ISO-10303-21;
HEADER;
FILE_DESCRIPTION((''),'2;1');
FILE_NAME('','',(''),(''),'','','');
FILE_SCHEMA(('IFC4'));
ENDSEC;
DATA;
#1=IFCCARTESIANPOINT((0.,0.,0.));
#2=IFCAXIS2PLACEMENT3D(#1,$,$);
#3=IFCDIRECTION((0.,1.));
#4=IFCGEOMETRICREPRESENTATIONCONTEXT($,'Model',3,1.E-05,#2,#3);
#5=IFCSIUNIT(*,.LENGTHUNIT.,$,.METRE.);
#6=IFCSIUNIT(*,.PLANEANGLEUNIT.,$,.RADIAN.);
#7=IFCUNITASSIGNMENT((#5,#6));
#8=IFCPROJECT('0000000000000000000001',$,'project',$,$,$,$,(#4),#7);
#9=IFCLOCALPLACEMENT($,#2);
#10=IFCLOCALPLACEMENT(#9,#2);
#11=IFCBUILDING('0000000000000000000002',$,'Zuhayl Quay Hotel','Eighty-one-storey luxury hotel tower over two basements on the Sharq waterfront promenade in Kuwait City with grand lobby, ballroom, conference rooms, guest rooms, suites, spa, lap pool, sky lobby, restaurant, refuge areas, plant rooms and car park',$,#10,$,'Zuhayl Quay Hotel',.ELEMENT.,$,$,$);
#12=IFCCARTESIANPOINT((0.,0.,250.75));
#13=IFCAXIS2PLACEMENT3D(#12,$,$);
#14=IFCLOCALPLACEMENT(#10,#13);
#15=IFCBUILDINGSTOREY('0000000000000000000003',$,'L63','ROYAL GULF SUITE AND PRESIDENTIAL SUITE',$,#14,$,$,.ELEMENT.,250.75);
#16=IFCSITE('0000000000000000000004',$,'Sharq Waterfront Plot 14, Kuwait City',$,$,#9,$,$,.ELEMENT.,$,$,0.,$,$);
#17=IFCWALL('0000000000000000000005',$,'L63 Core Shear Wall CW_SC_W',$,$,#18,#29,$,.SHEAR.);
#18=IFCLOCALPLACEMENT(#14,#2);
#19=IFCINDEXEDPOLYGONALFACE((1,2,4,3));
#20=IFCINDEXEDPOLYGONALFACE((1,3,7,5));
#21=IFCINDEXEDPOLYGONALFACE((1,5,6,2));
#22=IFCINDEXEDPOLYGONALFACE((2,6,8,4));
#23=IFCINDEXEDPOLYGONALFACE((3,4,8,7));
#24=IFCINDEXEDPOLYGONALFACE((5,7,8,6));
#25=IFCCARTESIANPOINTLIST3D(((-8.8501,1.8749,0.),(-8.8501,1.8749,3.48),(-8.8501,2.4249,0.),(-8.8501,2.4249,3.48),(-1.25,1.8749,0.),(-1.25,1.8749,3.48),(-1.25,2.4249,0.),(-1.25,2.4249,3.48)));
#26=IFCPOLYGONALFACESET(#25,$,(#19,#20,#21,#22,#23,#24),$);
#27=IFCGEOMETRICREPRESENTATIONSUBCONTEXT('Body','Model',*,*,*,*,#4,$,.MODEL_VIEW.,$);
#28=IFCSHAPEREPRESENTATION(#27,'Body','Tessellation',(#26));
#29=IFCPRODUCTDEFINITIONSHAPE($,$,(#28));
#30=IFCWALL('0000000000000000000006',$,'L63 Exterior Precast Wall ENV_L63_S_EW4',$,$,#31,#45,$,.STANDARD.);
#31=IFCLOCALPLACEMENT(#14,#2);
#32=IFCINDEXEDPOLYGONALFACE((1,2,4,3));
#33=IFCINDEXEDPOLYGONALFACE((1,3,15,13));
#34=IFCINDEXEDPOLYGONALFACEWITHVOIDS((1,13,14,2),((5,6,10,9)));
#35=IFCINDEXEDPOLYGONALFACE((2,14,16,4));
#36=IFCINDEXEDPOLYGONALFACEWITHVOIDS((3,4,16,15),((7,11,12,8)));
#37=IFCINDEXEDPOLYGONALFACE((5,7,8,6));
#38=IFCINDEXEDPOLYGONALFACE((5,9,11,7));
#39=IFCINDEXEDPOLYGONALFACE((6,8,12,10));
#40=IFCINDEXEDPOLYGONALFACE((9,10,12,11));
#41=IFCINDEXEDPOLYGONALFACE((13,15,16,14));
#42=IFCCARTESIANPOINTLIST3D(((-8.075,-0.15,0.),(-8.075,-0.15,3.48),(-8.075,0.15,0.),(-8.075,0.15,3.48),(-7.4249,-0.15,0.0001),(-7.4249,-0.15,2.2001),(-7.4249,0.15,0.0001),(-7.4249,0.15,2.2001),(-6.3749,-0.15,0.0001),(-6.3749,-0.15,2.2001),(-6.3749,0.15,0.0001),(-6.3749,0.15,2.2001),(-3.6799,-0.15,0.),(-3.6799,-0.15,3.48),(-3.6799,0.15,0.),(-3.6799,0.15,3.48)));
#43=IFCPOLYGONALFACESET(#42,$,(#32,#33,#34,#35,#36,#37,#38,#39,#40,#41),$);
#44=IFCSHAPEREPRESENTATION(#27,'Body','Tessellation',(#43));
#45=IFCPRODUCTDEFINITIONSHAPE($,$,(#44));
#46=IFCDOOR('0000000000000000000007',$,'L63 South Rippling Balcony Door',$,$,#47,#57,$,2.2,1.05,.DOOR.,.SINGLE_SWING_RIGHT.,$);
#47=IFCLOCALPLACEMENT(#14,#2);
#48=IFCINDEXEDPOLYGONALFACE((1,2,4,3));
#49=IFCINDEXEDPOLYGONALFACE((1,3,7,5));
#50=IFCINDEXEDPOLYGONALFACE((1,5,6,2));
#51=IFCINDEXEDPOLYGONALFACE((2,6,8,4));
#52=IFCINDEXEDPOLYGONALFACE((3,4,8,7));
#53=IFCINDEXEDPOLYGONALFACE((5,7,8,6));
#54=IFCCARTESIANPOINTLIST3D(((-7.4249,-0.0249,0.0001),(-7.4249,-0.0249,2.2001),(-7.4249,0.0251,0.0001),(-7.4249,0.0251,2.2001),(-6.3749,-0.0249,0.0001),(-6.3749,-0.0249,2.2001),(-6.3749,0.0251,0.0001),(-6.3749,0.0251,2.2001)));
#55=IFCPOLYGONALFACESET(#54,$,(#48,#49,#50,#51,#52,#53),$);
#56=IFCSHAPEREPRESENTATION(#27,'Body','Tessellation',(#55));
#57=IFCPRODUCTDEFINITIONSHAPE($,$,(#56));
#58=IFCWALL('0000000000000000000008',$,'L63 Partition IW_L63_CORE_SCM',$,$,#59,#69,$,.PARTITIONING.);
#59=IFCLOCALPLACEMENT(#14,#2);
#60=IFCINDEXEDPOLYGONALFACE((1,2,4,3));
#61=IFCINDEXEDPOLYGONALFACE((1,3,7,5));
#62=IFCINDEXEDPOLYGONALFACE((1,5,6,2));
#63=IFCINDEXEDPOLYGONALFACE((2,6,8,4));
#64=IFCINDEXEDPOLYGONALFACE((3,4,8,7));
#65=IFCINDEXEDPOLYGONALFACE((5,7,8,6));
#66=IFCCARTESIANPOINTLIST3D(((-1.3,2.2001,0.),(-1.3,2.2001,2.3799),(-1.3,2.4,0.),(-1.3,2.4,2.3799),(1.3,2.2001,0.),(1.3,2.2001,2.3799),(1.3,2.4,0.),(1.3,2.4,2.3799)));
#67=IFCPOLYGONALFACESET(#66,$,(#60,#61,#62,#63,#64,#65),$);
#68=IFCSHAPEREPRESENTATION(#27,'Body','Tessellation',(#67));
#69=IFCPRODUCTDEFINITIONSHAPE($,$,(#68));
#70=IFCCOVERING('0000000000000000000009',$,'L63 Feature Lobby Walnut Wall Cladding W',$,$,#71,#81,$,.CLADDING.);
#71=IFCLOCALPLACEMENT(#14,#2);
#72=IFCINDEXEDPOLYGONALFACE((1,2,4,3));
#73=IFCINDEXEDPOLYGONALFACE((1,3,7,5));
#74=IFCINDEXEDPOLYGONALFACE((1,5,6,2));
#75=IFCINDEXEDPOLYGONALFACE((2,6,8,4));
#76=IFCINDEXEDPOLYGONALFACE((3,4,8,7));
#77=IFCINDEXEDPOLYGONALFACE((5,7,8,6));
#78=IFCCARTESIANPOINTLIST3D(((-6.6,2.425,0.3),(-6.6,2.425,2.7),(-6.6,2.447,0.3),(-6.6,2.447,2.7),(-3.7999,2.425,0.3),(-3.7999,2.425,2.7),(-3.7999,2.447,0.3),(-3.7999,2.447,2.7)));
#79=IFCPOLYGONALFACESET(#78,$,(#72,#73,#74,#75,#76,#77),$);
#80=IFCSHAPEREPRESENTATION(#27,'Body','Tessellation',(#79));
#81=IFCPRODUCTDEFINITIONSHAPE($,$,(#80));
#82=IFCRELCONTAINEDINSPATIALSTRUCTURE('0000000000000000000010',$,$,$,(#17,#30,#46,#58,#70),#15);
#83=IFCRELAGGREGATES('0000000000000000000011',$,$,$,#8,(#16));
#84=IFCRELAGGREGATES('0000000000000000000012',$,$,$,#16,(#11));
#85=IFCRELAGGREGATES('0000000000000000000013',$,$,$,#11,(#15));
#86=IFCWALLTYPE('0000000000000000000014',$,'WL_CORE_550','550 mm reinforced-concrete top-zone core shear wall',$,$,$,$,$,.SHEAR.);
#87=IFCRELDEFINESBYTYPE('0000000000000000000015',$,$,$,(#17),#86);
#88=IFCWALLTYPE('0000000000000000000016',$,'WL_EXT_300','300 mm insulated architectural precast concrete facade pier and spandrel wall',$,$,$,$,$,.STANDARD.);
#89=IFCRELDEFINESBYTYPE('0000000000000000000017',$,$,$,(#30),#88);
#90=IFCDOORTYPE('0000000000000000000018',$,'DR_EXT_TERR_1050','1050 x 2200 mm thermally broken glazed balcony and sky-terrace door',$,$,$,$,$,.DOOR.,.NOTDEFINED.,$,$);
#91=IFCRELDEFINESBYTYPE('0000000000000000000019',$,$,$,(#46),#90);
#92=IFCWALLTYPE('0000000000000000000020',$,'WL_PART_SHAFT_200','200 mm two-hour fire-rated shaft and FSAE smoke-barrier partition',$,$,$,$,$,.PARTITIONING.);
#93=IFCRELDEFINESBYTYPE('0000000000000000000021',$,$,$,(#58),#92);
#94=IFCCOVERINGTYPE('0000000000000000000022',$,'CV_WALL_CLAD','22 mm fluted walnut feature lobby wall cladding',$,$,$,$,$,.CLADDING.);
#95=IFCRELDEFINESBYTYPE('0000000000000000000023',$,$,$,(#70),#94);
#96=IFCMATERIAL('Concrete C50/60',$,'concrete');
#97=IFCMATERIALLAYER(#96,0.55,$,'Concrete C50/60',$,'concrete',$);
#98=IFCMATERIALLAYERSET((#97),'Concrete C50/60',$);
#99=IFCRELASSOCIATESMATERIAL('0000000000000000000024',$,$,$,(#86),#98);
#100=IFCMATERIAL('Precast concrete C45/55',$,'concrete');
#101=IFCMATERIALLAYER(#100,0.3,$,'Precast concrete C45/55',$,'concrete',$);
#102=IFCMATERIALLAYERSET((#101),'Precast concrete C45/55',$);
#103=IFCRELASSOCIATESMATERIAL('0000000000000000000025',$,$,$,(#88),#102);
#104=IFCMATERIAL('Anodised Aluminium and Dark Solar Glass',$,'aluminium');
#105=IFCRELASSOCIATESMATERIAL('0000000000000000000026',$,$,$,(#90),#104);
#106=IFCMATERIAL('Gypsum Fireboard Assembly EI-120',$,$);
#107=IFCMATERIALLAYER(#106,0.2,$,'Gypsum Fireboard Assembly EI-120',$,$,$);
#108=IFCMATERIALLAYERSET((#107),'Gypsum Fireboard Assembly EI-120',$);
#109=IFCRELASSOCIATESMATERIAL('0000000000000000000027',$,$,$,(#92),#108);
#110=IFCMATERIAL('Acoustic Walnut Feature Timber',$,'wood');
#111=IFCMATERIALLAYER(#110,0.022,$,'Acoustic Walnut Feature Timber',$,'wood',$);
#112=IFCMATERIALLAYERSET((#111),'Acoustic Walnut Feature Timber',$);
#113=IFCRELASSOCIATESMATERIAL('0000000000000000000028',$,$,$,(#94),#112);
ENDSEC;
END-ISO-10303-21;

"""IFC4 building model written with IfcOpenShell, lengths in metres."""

from ifc_helpers import new_model, si_unit, direction, frame, frame_2d, origin, origin_2d, place, context, subcontext, project, spatial, rectangle, extrude, material, layer, layer_set, type_object, element, fill, save


model = new_model("IFC4")

# Units and contexts
model_context = context("Model", 3, precision=1e-05, world=origin(), true_north=direction((0.0, 1.0)))
body_context = subcontext(model_context, "Body", "Model", "MODEL_VIEW")
ifc_project = project(units=[si_unit("LENGTHUNIT", "METRE"), si_unit("PLANEANGLEUNIT", "RADIAN")], contexts=[model_context])

# Site, building, storey
site_placement = place(None, origin())
site = spatial("IfcSite", under=ifc_project, at=site_placement, Name="Sharq Waterfront Plot 14, Kuwait City", CompositionType="ELEMENT", RefElevation=0.0)
building_placement = place(site_placement, origin())
building = spatial("IfcBuilding", under=site, at=building_placement, Name="Zuhayl Quay Hotel", Description="Eighty-one-storey luxury hotel tower over two basements on the Sharq waterfront promenade in Kuwait City with grand lobby, ballroom, conference rooms, guest rooms, suites, spa, lap pool, sky lobby, restaurant, refuge areas, plant rooms and car park", LongName="Zuhayl Quay Hotel", CompositionType="ELEMENT")
storey_placement = place(building_placement, frame((0.0, 0.0, 250.75)))
storey = spatial("IfcBuildingStorey", under=building, at=storey_placement, Name="L63", Description="ROYAL GULF SUITE AND PRESIDENTIAL SUITE", CompositionType="ELEMENT", Elevation=250.75)

# Wall
ifc_material_1 = material(Name="Concrete C50/60", Category="concrete")
ifc_layer_1 = layer(ifc_material_1, 0.55, Name="Concrete C50/60", Category="concrete")
ifc_layer_set_1 = layer_set([ifc_layer_1], Name="Concrete C50/60")
wall_type_1 = type_object("IfcWallType", Name="WL_CORE_550", Description="550 mm reinforced-concrete top-zone core shear wall", PredefinedType="SHEAR", material=ifc_layer_set_1)
wall_1_placement = place(storey_placement, frame((-8.8501, 2.1499, 0.0), z_axis=(0.0, 0.0, 1.0), x_axis=(1.0, 0.0, 0.0)))
element("IfcWall", 1, at=wall_1_placement, inside=storey, type_object=wall_type_1, Name="L63 Core Shear Wall CW_SC_W", PredefinedType="SHEAR", context=body_context, shape_type="SweptSolid", body=[
    extrude(rectangle(XDim=7.6001, YDim=0.55, at=frame_2d((3.8, 0.0))), origin(), (0.0, 0.0, 1.0), 3.48),
])

# Wall, opening, door
ifc_material_2 = material(Name="Precast concrete C45/55", Category="concrete")
ifc_layer_2 = layer(ifc_material_2, 0.3, Name="Precast concrete C45/55", Category="concrete")
ifc_layer_set_2 = layer_set([ifc_layer_2], Name="Precast concrete C45/55")
wall_type_2 = type_object("IfcWallType", Name="WL_EXT_300", Description="300 mm insulated architectural precast concrete facade pier and spandrel wall", PredefinedType="STANDARD", material=ifc_layer_set_2)
wall_2_placement = place(storey_placement, frame((-3.6799, 0.0, 0.0), z_axis=(0.0, 0.0, 1.0), x_axis=(-1.0, 0.0, 0.0)))
wall_2 = element("IfcWall", 2, at=wall_2_placement, inside=storey, type_object=wall_type_2, Name="L63 Exterior Precast Wall ENV_L63_S_EW4", PredefinedType="STANDARD", context=body_context, shape_type="SweptSolid", body=[
    extrude(rectangle(XDim=4.395, YDim=0.3, at=frame_2d((2.1975, 0.0))), origin(), (0.0, 0.0, 1.0), 3.48),
])
opening_placement = place(wall_2_placement, frame((2.6951, 0.0, 0.0)))
opening = element("IfcOpeningElement", 3, at=opening_placement, cuts=wall_2, PredefinedType="OPENING", context=body_context, shape_type="SweptSolid", body=[
    extrude(rectangle(XDim=1.05, YDim=2.2, at=frame_2d((0.5249, 1.1001))), frame((0.0, 0.1599, 0.0), z_axis=(0.0, -1.0, 0.0), x_axis=(1.0, 0.0, 0.0)), (0.0, 0.0, 1.0), 0.3201),
])
ifc_material_3 = material(Name="Anodised Aluminium and Dark Solar Glass", Category="aluminium")
door_type = type_object("IfcDoorType", Name="DR_EXT_TERR_1050", Description="1050 x 2200 mm thermally broken glazed balcony and sky-terrace door", OperationType="NOTDEFINED", PredefinedType="DOOR", material=ifc_material_3)
door_placement = place(opening_placement, origin())
door = element("IfcDoor", 4, at=door_placement, inside=storey, type_object=door_type, Name="L63 South Rippling Balcony Door", OperationType="SINGLE_SWING_RIGHT", OverallHeight=2.2, OverallWidth=1.05, PredefinedType="DOOR", context=body_context, shape_type="SweptSolid", body=[
    extrude(rectangle(XDim=1.05, YDim=2.2, at=frame_2d((0.5249, 1.1001))), frame((0.0, 0.0249, 0.0), z_axis=(0.0, -1.0, 0.0), x_axis=(1.0, 0.0, 0.0)), (0.0, 0.0, 1.0), 0.05),
])
fill(opening, door)

# Wall
ifc_material_4 = material(Name="Gypsum Fireboard Assembly EI-120")
ifc_layer_3 = layer(ifc_material_4, 0.2, Name="Gypsum Fireboard Assembly EI-120")
ifc_layer_set_3 = layer_set([ifc_layer_3], Name="Gypsum Fireboard Assembly EI-120")
wall_type_3 = type_object("IfcWallType", Name="WL_PART_SHAFT_200", Description="200 mm two-hour fire-rated shaft and FSAE smoke-barrier partition", PredefinedType="PARTITIONING", material=ifc_layer_set_3)
wall_3_placement = place(storey_placement, frame((-1.3, 2.3, 0.0), z_axis=(0.0, 0.0, 1.0), x_axis=(1.0, 0.0, 0.0)))
element("IfcWall", 5, at=wall_3_placement, inside=storey, type_object=wall_type_3, Name="L63 Partition IW_L63_CORE_SCM", PredefinedType="PARTITIONING", context=body_context, shape_type="SweptSolid", body=[
    extrude(rectangle(XDim=2.6001, YDim=0.2, at=frame_2d((1.3, 0.0))), origin(), (0.0, 0.0, 1.0), 2.3799),
])

# Covering
ifc_material_5 = material(Name="Acoustic Walnut Feature Timber", Category="wood")
ifc_layer_4 = layer(ifc_material_5, 0.022, Name="Acoustic Walnut Feature Timber", Category="wood")
ifc_layer_set_4 = layer_set([ifc_layer_4], Name="Acoustic Walnut Feature Timber")
covering_type = type_object("IfcCoveringType", Name="CV_WALL_CLAD", Description="22 mm fluted walnut feature lobby wall cladding", PredefinedType="CLADDING", material=ifc_layer_set_4)
covering_placement = place(storey_placement, frame((-5.2, 2.436, 0.3), z_axis=(0.0, 0.0, 1.0), x_axis=(1.0, 0.0, 0.0)))
element("IfcCovering", 6, at=covering_placement, inside=storey, type_object=covering_type, Name="L63 Feature Lobby Walnut Wall Cladding W", PredefinedType="CLADDING", context=body_context, shape_type="SweptSolid", body=[
    extrude(rectangle(XDim=2.8, YDim=0.022, at=origin_2d()), origin(), (0.0, 0.0, 1.0), 2.3999),
])

save(model, "model.ifc")
